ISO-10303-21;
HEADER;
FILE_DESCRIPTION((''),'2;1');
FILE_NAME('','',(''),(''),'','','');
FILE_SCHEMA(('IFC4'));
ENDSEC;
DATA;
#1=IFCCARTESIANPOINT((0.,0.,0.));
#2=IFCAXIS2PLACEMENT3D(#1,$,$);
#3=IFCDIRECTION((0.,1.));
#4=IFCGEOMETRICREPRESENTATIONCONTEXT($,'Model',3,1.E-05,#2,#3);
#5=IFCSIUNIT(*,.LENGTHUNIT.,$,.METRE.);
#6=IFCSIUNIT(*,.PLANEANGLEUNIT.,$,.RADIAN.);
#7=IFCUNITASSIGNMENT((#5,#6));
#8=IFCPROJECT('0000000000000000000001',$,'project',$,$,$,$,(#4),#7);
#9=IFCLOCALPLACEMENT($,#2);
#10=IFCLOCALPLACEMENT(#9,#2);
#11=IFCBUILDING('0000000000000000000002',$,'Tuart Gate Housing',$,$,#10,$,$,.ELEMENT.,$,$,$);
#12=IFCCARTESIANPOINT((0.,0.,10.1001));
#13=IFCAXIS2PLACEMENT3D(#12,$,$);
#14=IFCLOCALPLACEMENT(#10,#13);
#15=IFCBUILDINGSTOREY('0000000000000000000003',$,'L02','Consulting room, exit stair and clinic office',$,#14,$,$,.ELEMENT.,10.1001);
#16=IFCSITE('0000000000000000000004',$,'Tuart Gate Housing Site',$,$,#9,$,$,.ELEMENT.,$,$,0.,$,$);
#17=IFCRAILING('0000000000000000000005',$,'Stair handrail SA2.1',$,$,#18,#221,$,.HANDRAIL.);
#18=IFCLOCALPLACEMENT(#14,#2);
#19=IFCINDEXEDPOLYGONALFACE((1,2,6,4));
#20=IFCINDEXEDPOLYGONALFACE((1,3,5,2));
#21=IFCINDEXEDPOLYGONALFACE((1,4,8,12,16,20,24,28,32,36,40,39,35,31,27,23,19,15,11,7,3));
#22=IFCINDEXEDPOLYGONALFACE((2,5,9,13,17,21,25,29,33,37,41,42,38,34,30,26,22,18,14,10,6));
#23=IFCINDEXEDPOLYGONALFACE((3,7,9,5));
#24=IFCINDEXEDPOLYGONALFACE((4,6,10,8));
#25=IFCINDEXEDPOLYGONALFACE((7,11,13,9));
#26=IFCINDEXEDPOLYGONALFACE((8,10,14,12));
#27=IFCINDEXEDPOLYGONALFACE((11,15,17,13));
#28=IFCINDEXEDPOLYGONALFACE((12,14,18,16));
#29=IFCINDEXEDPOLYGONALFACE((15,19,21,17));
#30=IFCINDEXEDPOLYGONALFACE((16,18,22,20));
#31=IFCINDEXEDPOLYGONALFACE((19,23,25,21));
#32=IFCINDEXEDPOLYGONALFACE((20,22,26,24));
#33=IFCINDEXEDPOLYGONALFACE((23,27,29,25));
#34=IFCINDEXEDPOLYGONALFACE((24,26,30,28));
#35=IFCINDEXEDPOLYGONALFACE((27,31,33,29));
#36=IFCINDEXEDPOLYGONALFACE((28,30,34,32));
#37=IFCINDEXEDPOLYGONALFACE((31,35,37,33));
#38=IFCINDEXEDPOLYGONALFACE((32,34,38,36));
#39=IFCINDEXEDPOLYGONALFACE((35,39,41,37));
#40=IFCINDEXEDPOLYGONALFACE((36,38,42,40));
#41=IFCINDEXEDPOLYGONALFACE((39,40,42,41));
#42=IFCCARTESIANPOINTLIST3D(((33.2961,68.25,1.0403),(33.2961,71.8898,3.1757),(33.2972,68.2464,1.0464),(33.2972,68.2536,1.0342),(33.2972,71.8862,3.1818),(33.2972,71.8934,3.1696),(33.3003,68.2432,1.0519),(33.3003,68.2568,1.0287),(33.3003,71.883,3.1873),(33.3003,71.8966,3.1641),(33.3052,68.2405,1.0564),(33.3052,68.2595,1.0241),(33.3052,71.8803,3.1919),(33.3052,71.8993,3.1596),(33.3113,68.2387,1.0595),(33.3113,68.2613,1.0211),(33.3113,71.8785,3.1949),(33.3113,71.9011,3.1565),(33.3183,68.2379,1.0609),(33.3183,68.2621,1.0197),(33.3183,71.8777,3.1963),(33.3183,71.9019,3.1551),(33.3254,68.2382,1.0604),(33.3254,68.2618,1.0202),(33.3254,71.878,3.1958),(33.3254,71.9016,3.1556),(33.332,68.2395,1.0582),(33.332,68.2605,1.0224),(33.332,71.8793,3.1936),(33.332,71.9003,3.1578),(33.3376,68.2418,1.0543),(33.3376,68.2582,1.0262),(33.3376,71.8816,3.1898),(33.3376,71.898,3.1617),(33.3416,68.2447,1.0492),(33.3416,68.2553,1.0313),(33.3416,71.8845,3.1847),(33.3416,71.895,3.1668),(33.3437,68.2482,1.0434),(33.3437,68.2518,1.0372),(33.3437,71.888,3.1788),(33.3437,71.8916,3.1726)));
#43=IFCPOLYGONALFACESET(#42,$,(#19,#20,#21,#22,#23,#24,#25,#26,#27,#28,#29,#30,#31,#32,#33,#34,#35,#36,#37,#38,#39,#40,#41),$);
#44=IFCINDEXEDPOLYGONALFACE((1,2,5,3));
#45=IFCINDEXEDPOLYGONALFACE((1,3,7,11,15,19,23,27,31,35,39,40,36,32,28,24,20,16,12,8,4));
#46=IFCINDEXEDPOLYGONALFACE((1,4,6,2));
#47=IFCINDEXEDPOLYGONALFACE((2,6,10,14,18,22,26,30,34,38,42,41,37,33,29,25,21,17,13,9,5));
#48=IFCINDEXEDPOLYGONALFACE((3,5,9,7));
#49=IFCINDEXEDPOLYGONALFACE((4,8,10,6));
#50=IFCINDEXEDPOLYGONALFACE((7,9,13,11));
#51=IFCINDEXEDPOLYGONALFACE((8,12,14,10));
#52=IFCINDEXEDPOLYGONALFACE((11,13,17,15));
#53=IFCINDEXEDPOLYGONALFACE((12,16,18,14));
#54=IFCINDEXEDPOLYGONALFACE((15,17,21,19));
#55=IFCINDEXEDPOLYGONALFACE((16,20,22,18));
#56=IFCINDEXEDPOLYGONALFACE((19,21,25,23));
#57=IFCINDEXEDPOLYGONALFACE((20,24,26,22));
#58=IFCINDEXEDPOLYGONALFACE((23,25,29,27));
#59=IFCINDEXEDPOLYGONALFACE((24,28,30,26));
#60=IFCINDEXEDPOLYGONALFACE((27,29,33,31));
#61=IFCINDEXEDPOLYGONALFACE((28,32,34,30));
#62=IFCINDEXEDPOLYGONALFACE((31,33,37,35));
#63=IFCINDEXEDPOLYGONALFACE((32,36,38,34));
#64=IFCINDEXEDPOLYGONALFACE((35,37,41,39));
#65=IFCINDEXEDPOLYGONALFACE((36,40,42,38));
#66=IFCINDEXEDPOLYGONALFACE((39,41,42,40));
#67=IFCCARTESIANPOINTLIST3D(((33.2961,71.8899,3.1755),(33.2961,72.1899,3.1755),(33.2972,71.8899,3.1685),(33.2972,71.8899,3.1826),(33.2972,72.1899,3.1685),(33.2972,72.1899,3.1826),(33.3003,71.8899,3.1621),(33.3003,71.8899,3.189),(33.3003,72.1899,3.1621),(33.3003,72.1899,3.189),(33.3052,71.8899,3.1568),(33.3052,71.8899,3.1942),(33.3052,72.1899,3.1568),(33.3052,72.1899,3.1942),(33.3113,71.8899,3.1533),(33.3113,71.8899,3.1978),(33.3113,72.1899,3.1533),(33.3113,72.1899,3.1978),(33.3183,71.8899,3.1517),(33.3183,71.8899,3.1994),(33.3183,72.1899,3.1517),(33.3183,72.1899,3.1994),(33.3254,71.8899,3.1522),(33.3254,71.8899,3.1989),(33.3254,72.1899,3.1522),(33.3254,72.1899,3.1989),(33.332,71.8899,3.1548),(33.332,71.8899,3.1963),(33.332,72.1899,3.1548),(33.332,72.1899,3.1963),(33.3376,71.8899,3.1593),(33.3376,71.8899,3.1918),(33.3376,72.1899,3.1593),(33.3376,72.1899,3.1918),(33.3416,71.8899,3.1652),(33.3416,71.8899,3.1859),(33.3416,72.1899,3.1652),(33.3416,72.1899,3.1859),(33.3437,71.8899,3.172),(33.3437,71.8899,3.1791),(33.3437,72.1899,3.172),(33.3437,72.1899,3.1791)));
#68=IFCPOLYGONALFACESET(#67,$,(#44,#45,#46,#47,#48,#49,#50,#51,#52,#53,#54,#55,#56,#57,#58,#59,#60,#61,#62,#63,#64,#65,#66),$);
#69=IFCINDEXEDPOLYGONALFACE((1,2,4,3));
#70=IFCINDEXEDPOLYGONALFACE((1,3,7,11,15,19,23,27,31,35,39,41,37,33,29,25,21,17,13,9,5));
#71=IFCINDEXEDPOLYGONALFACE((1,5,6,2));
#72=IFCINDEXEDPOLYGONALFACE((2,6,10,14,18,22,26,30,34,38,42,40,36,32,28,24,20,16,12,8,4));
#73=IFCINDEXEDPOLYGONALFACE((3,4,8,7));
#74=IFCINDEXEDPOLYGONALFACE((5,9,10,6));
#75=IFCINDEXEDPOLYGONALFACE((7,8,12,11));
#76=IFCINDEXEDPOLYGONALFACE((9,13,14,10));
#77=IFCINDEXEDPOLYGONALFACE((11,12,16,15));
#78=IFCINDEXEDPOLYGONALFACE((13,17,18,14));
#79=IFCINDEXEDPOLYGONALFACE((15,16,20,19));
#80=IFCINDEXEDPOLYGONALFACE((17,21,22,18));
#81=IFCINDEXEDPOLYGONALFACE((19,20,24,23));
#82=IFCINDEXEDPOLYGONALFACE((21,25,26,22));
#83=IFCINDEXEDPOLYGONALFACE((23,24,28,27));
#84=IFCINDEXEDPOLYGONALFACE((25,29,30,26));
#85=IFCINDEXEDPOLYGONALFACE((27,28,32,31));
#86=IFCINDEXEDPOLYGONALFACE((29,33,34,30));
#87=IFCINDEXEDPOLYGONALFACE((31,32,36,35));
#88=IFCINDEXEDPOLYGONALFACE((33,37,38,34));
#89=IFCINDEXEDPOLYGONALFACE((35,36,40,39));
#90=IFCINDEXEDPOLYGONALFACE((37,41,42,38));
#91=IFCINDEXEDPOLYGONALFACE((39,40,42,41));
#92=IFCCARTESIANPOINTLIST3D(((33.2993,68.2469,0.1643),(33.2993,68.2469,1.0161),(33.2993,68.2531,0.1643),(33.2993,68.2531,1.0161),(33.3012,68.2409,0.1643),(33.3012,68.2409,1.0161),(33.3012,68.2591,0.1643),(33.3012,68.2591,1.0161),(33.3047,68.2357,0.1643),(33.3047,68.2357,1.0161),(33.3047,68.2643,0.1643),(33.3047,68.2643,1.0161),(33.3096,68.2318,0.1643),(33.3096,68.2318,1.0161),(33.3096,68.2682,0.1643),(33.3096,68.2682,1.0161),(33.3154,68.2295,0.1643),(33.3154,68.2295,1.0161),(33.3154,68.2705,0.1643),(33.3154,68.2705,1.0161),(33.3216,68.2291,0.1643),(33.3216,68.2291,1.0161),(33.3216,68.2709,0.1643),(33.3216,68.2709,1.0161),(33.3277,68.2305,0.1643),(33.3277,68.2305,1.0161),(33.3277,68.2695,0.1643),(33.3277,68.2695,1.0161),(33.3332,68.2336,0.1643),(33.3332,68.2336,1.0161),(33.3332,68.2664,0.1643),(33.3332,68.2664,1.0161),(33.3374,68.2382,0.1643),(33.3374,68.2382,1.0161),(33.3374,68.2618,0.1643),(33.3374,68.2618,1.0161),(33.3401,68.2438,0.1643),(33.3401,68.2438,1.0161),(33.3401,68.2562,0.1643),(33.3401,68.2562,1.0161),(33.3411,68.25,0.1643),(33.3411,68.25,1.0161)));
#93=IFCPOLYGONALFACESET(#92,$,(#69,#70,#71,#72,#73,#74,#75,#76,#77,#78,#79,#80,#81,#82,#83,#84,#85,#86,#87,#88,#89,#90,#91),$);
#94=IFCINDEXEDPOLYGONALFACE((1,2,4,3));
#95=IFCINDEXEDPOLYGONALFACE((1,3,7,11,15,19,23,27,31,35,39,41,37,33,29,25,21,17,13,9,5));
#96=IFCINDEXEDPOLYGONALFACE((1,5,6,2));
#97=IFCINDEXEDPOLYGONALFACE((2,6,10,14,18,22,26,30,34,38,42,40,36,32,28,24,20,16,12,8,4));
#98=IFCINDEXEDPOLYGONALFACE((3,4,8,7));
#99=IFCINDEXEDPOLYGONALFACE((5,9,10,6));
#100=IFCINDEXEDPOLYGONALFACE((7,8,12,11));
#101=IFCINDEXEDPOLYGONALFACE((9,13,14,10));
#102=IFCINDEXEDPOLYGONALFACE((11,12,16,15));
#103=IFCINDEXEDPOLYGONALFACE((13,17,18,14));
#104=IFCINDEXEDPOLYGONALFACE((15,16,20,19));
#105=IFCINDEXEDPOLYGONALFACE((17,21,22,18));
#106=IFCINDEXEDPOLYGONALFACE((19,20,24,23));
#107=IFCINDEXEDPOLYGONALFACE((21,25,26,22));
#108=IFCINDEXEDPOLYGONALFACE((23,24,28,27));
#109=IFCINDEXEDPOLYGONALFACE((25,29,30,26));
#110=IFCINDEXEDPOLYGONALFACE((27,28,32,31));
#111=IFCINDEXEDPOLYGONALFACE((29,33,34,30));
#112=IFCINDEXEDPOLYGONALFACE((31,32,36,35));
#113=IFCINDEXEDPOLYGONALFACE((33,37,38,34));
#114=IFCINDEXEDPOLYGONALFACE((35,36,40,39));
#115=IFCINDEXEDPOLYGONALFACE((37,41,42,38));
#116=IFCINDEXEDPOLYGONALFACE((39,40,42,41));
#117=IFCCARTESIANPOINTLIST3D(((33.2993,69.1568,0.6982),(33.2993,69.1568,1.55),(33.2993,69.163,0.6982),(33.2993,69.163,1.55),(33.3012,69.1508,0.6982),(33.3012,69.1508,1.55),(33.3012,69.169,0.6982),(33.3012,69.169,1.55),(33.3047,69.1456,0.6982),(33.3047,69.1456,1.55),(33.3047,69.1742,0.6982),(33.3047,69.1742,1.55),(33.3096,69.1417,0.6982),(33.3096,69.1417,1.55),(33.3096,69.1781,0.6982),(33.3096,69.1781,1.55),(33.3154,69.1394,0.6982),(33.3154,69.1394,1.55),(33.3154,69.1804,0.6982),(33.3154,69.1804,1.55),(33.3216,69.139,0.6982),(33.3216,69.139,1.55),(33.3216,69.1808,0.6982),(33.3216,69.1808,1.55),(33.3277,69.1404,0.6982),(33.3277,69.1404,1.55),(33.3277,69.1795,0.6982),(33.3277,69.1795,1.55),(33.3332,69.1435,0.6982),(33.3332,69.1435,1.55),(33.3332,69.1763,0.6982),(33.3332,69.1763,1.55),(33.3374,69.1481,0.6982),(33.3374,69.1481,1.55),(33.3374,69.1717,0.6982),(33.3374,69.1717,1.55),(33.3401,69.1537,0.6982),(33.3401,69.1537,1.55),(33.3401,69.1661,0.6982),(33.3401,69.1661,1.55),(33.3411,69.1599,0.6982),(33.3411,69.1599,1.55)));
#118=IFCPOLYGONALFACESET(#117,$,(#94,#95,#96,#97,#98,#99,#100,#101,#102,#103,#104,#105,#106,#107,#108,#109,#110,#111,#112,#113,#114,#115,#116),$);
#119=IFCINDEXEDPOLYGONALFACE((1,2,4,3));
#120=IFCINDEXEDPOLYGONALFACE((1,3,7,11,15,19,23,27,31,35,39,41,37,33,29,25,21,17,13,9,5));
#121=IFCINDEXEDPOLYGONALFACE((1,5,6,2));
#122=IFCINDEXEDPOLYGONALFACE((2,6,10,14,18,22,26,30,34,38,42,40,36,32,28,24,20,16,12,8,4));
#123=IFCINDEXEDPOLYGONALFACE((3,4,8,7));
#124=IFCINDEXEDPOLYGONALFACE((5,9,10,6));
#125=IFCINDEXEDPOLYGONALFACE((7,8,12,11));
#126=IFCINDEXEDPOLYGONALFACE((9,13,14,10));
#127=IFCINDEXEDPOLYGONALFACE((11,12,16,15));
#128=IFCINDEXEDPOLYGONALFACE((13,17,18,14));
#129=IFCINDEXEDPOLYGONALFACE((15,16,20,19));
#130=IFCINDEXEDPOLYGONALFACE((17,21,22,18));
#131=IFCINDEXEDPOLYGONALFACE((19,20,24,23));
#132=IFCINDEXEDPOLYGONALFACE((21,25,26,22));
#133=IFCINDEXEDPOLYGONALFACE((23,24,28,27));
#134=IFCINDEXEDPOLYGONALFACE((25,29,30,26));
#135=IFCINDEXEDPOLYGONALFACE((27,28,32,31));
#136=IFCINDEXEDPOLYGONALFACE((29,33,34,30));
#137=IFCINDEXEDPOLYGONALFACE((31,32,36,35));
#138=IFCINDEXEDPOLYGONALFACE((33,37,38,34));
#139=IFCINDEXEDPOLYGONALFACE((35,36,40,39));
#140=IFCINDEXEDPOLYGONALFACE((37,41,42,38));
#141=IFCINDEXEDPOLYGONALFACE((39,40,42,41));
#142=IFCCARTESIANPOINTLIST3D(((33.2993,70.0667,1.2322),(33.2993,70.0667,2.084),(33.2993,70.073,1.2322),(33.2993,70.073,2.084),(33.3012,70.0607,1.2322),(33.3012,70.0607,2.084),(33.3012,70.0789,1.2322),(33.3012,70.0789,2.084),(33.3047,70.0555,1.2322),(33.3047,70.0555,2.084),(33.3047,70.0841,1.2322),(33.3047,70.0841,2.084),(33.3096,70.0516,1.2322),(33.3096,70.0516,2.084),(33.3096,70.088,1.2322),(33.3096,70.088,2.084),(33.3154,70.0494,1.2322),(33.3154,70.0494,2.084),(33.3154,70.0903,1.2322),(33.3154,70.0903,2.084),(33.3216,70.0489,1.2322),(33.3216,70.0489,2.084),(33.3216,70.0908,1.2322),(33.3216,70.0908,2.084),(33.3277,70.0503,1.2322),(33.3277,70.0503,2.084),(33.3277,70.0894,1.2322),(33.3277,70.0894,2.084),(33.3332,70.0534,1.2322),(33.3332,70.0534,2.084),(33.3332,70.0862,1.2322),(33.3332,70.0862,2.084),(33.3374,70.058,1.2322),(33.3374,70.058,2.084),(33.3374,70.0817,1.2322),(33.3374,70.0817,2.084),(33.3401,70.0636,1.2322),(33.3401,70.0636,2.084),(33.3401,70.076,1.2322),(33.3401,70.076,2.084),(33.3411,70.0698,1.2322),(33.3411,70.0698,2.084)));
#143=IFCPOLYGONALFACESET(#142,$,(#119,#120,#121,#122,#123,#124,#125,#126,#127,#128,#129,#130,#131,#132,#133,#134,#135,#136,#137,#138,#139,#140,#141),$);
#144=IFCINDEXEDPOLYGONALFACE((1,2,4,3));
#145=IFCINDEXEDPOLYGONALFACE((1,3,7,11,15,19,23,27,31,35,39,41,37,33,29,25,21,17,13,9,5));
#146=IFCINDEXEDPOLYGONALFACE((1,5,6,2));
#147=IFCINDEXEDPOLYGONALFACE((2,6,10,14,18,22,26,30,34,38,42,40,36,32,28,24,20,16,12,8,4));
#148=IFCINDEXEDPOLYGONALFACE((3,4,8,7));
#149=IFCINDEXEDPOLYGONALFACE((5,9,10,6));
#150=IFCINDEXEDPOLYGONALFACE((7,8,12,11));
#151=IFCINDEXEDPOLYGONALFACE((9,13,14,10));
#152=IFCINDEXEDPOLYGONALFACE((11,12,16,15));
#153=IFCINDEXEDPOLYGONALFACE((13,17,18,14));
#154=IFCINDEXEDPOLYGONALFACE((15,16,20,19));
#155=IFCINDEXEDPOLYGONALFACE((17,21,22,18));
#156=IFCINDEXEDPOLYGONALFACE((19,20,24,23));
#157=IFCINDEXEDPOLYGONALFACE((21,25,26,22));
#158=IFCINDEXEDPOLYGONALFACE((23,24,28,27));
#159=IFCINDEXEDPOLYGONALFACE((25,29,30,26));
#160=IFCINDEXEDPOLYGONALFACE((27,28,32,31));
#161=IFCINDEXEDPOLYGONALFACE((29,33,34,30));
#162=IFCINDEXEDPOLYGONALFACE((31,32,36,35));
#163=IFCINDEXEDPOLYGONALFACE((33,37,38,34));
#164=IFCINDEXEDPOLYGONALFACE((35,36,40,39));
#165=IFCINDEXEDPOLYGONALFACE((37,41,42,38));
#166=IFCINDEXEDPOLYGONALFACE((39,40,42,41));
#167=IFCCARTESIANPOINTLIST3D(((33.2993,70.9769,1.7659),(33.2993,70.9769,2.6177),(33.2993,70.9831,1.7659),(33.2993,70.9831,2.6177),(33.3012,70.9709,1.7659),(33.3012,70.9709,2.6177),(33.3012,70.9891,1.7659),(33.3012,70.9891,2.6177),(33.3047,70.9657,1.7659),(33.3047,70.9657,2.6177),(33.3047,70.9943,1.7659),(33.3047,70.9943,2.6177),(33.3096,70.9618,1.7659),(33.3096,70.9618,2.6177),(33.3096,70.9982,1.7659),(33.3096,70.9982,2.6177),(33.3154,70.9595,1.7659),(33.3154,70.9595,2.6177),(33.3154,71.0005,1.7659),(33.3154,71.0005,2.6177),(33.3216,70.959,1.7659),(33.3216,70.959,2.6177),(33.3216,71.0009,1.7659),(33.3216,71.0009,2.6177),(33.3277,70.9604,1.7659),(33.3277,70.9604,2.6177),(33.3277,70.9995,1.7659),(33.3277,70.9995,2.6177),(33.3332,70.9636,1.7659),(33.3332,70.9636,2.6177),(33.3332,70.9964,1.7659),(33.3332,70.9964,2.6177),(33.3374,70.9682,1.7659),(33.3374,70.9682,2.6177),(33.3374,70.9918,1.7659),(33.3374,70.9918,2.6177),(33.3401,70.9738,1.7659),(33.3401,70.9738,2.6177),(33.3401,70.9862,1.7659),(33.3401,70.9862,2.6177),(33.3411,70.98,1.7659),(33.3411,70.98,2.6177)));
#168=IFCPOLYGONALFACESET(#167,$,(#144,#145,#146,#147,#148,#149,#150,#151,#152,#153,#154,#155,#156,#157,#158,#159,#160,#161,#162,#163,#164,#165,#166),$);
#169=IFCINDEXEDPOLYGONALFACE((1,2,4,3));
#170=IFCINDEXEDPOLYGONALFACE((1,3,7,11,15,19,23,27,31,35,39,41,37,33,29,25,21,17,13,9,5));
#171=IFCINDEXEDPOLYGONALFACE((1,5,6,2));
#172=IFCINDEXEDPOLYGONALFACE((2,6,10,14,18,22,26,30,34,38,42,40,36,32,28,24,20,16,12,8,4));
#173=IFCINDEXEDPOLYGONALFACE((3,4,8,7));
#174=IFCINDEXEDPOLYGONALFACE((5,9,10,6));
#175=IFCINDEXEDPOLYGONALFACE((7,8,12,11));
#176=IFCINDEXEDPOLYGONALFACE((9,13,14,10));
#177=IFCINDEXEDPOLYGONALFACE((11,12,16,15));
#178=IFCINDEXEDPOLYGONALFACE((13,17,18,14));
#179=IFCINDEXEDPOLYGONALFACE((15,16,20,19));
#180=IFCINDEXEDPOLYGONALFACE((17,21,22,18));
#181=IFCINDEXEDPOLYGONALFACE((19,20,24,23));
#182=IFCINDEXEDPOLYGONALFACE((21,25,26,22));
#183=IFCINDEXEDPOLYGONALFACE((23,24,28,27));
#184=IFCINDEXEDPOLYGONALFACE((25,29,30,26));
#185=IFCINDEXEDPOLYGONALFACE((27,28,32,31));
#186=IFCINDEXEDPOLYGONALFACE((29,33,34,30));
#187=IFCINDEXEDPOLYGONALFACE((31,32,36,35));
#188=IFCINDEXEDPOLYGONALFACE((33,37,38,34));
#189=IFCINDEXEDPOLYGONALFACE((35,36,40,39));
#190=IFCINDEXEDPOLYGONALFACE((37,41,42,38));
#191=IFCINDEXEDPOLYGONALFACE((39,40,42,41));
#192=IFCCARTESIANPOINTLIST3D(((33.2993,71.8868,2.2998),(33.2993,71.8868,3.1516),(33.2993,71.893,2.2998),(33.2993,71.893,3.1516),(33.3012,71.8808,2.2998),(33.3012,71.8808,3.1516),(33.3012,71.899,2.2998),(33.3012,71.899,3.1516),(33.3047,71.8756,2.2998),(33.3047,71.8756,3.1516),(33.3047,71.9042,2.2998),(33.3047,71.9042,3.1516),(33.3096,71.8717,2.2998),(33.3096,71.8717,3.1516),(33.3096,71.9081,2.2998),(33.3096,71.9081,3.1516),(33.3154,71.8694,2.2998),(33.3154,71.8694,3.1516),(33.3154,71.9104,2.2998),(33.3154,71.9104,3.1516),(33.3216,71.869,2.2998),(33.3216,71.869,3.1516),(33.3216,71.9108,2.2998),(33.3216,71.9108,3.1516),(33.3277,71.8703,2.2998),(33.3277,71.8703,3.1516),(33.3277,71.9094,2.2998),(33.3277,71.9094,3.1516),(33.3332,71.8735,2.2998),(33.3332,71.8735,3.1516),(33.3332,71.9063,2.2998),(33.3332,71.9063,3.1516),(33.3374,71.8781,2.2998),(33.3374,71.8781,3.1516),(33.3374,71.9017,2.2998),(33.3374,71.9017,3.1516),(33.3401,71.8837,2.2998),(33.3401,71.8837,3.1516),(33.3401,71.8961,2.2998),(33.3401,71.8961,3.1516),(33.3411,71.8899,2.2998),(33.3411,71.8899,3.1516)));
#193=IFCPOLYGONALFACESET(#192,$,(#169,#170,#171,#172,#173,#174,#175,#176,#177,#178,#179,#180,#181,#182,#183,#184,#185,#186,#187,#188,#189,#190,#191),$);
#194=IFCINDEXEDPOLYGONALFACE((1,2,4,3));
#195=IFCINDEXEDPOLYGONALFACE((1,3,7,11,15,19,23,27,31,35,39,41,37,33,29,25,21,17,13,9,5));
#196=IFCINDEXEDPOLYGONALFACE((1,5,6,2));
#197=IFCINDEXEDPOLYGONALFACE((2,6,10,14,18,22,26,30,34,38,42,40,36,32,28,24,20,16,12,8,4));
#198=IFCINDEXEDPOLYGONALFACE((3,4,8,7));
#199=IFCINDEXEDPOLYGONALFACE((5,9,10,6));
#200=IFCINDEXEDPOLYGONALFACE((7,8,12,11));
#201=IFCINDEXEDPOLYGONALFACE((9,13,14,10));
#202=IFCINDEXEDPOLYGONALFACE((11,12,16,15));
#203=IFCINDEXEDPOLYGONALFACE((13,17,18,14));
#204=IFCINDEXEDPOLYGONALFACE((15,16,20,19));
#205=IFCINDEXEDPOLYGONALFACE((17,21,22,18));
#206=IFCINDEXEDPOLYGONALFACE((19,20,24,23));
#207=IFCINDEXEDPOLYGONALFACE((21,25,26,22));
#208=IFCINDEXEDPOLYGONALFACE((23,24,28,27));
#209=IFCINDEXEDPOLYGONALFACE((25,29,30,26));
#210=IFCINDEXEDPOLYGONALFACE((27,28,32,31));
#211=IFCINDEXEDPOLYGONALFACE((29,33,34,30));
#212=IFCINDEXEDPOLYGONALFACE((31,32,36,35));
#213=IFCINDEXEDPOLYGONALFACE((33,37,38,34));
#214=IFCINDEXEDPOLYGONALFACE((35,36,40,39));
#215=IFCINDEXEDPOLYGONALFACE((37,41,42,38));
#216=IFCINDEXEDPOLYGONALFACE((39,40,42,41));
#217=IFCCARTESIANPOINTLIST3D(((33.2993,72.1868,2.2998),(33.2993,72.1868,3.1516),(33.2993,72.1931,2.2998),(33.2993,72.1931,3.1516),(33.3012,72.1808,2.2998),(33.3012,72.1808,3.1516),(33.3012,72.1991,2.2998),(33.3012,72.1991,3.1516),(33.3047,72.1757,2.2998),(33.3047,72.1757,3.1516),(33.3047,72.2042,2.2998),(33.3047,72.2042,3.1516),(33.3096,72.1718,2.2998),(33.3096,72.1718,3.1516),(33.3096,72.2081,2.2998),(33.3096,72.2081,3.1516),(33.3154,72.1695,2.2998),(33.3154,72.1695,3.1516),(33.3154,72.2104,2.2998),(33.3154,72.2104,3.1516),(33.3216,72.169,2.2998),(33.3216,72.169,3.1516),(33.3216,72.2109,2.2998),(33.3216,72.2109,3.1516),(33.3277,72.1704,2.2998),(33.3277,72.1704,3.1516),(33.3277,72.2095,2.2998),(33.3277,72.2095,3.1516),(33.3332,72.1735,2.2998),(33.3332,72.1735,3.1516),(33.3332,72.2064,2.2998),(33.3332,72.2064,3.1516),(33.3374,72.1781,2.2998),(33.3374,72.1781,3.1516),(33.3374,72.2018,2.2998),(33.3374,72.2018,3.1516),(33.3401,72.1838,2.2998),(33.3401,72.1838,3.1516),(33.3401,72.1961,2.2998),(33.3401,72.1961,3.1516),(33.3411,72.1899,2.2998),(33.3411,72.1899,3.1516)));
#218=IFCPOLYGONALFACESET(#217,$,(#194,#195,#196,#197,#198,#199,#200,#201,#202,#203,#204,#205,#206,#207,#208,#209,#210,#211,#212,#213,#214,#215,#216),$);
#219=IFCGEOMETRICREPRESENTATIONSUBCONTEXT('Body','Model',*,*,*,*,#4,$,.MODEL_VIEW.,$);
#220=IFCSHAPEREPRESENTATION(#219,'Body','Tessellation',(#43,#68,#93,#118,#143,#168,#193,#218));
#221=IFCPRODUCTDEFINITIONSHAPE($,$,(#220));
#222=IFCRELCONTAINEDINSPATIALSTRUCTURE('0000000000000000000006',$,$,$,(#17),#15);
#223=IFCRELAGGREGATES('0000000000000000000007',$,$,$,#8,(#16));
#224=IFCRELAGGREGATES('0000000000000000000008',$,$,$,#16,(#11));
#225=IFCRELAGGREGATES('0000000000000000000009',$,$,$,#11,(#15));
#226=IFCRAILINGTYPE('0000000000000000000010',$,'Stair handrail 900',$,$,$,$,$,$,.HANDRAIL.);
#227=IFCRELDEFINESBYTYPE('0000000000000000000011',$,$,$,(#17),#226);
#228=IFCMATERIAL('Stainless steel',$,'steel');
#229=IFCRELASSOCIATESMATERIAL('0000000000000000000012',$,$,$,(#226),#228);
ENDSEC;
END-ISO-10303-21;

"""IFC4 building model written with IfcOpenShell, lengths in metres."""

from ifc_helpers import new_model, si_unit, direction, frame, origin, origin_2d, place, context, subcontext, project, spatial, circle, extrude, material, type_object, element, save


model = new_model("IFC4")

# Units and contexts
model_context = context("Model", 3, precision=1e-05, world=origin(), true_north=direction((0.0, 1.0)))
body_context = subcontext(model_context, "Body", "Model", "MODEL_VIEW")
ifc_project = project(units=[si_unit("LENGTHUNIT", "METRE"), si_unit("PLANEANGLEUNIT", "RADIAN")], contexts=[model_context])

# Site, building, storey
site_placement = place(None, origin())
site = spatial("IfcSite", under=ifc_project, at=site_placement, Name="Tuart Gate Housing Site", CompositionType="ELEMENT", RefElevation=0.0)
building_placement = place(site_placement, origin())
building = spatial("IfcBuilding", under=site, at=building_placement, Name="Tuart Gate Housing", CompositionType="ELEMENT")
storey_placement = place(building_placement, frame((0.0, 0.0, 10.1001)))
storey = spatial("IfcBuildingStorey", under=building, at=storey_placement, Name="L02", Description="Consulting room, exit stair and clinic office", CompositionType="ELEMENT", Elevation=10.1001)

# Railing
ifc_material_1 = material(Name="Stainless steel", Category="steel")
railing_type = type_object("IfcRailingType", Name="Stair handrail 900", PredefinedType="HANDRAIL", material=ifc_material_1)
railing_placement = place(storey_placement, frame((33.3201, 68.25, 0.1643)))
element("IfcRailing", 1, at=railing_placement, inside=storey, type_object=railing_type, Name="Stair handrail SA2.1", PredefinedType="HANDRAIL", context=body_context, shape_type="SweptSolid", body=[
    extrude(circle(Radius=0.0239, at=origin_2d()), frame((0.0, 0.0, 0.876), z_axis=(0.0, 0.862515, 0.506031), x_axis=(-1.0, 0.0, 0.0)), (0.0, 0.0, 1.0), 4.22),
    extrude(circle(Radius=0.0239, at=origin_2d()), frame((0.0, 3.6399, 3.0112), z_axis=(0.0, 1.0, 0.0), x_axis=(-1.0, 0.0, 0.0)), (0.0, 0.0, 1.0), 0.3),
    extrude(circle(Radius=0.021, at=origin_2d()), origin(), (0.0, 0.0, 1.0), 0.8518),
    extrude(circle(Radius=0.021, at=origin_2d()), frame((0.0, 0.9099, 0.5339)), (0.0, 0.0, 1.0), 0.8518),
    extrude(circle(Radius=0.021, at=origin_2d()), frame((0.0, 1.8198, 1.0679)), (0.0, 0.0, 1.0), 0.8518),
    extrude(circle(Radius=0.021, at=origin_2d()), frame((0.0, 2.73, 1.6016)), (0.0, 0.0, 1.0), 0.8518),
    extrude(circle(Radius=0.021, at=origin_2d()), frame((0.0, 3.6399, 2.1355)), (0.0, 0.0, 1.0), 0.8518),
    extrude(circle(Radius=0.021, at=origin_2d()), frame((0.0, 3.9399, 2.1355)), (0.0, 0.0, 1.0), 0.8518),
])

save(model, "model.ifc")
